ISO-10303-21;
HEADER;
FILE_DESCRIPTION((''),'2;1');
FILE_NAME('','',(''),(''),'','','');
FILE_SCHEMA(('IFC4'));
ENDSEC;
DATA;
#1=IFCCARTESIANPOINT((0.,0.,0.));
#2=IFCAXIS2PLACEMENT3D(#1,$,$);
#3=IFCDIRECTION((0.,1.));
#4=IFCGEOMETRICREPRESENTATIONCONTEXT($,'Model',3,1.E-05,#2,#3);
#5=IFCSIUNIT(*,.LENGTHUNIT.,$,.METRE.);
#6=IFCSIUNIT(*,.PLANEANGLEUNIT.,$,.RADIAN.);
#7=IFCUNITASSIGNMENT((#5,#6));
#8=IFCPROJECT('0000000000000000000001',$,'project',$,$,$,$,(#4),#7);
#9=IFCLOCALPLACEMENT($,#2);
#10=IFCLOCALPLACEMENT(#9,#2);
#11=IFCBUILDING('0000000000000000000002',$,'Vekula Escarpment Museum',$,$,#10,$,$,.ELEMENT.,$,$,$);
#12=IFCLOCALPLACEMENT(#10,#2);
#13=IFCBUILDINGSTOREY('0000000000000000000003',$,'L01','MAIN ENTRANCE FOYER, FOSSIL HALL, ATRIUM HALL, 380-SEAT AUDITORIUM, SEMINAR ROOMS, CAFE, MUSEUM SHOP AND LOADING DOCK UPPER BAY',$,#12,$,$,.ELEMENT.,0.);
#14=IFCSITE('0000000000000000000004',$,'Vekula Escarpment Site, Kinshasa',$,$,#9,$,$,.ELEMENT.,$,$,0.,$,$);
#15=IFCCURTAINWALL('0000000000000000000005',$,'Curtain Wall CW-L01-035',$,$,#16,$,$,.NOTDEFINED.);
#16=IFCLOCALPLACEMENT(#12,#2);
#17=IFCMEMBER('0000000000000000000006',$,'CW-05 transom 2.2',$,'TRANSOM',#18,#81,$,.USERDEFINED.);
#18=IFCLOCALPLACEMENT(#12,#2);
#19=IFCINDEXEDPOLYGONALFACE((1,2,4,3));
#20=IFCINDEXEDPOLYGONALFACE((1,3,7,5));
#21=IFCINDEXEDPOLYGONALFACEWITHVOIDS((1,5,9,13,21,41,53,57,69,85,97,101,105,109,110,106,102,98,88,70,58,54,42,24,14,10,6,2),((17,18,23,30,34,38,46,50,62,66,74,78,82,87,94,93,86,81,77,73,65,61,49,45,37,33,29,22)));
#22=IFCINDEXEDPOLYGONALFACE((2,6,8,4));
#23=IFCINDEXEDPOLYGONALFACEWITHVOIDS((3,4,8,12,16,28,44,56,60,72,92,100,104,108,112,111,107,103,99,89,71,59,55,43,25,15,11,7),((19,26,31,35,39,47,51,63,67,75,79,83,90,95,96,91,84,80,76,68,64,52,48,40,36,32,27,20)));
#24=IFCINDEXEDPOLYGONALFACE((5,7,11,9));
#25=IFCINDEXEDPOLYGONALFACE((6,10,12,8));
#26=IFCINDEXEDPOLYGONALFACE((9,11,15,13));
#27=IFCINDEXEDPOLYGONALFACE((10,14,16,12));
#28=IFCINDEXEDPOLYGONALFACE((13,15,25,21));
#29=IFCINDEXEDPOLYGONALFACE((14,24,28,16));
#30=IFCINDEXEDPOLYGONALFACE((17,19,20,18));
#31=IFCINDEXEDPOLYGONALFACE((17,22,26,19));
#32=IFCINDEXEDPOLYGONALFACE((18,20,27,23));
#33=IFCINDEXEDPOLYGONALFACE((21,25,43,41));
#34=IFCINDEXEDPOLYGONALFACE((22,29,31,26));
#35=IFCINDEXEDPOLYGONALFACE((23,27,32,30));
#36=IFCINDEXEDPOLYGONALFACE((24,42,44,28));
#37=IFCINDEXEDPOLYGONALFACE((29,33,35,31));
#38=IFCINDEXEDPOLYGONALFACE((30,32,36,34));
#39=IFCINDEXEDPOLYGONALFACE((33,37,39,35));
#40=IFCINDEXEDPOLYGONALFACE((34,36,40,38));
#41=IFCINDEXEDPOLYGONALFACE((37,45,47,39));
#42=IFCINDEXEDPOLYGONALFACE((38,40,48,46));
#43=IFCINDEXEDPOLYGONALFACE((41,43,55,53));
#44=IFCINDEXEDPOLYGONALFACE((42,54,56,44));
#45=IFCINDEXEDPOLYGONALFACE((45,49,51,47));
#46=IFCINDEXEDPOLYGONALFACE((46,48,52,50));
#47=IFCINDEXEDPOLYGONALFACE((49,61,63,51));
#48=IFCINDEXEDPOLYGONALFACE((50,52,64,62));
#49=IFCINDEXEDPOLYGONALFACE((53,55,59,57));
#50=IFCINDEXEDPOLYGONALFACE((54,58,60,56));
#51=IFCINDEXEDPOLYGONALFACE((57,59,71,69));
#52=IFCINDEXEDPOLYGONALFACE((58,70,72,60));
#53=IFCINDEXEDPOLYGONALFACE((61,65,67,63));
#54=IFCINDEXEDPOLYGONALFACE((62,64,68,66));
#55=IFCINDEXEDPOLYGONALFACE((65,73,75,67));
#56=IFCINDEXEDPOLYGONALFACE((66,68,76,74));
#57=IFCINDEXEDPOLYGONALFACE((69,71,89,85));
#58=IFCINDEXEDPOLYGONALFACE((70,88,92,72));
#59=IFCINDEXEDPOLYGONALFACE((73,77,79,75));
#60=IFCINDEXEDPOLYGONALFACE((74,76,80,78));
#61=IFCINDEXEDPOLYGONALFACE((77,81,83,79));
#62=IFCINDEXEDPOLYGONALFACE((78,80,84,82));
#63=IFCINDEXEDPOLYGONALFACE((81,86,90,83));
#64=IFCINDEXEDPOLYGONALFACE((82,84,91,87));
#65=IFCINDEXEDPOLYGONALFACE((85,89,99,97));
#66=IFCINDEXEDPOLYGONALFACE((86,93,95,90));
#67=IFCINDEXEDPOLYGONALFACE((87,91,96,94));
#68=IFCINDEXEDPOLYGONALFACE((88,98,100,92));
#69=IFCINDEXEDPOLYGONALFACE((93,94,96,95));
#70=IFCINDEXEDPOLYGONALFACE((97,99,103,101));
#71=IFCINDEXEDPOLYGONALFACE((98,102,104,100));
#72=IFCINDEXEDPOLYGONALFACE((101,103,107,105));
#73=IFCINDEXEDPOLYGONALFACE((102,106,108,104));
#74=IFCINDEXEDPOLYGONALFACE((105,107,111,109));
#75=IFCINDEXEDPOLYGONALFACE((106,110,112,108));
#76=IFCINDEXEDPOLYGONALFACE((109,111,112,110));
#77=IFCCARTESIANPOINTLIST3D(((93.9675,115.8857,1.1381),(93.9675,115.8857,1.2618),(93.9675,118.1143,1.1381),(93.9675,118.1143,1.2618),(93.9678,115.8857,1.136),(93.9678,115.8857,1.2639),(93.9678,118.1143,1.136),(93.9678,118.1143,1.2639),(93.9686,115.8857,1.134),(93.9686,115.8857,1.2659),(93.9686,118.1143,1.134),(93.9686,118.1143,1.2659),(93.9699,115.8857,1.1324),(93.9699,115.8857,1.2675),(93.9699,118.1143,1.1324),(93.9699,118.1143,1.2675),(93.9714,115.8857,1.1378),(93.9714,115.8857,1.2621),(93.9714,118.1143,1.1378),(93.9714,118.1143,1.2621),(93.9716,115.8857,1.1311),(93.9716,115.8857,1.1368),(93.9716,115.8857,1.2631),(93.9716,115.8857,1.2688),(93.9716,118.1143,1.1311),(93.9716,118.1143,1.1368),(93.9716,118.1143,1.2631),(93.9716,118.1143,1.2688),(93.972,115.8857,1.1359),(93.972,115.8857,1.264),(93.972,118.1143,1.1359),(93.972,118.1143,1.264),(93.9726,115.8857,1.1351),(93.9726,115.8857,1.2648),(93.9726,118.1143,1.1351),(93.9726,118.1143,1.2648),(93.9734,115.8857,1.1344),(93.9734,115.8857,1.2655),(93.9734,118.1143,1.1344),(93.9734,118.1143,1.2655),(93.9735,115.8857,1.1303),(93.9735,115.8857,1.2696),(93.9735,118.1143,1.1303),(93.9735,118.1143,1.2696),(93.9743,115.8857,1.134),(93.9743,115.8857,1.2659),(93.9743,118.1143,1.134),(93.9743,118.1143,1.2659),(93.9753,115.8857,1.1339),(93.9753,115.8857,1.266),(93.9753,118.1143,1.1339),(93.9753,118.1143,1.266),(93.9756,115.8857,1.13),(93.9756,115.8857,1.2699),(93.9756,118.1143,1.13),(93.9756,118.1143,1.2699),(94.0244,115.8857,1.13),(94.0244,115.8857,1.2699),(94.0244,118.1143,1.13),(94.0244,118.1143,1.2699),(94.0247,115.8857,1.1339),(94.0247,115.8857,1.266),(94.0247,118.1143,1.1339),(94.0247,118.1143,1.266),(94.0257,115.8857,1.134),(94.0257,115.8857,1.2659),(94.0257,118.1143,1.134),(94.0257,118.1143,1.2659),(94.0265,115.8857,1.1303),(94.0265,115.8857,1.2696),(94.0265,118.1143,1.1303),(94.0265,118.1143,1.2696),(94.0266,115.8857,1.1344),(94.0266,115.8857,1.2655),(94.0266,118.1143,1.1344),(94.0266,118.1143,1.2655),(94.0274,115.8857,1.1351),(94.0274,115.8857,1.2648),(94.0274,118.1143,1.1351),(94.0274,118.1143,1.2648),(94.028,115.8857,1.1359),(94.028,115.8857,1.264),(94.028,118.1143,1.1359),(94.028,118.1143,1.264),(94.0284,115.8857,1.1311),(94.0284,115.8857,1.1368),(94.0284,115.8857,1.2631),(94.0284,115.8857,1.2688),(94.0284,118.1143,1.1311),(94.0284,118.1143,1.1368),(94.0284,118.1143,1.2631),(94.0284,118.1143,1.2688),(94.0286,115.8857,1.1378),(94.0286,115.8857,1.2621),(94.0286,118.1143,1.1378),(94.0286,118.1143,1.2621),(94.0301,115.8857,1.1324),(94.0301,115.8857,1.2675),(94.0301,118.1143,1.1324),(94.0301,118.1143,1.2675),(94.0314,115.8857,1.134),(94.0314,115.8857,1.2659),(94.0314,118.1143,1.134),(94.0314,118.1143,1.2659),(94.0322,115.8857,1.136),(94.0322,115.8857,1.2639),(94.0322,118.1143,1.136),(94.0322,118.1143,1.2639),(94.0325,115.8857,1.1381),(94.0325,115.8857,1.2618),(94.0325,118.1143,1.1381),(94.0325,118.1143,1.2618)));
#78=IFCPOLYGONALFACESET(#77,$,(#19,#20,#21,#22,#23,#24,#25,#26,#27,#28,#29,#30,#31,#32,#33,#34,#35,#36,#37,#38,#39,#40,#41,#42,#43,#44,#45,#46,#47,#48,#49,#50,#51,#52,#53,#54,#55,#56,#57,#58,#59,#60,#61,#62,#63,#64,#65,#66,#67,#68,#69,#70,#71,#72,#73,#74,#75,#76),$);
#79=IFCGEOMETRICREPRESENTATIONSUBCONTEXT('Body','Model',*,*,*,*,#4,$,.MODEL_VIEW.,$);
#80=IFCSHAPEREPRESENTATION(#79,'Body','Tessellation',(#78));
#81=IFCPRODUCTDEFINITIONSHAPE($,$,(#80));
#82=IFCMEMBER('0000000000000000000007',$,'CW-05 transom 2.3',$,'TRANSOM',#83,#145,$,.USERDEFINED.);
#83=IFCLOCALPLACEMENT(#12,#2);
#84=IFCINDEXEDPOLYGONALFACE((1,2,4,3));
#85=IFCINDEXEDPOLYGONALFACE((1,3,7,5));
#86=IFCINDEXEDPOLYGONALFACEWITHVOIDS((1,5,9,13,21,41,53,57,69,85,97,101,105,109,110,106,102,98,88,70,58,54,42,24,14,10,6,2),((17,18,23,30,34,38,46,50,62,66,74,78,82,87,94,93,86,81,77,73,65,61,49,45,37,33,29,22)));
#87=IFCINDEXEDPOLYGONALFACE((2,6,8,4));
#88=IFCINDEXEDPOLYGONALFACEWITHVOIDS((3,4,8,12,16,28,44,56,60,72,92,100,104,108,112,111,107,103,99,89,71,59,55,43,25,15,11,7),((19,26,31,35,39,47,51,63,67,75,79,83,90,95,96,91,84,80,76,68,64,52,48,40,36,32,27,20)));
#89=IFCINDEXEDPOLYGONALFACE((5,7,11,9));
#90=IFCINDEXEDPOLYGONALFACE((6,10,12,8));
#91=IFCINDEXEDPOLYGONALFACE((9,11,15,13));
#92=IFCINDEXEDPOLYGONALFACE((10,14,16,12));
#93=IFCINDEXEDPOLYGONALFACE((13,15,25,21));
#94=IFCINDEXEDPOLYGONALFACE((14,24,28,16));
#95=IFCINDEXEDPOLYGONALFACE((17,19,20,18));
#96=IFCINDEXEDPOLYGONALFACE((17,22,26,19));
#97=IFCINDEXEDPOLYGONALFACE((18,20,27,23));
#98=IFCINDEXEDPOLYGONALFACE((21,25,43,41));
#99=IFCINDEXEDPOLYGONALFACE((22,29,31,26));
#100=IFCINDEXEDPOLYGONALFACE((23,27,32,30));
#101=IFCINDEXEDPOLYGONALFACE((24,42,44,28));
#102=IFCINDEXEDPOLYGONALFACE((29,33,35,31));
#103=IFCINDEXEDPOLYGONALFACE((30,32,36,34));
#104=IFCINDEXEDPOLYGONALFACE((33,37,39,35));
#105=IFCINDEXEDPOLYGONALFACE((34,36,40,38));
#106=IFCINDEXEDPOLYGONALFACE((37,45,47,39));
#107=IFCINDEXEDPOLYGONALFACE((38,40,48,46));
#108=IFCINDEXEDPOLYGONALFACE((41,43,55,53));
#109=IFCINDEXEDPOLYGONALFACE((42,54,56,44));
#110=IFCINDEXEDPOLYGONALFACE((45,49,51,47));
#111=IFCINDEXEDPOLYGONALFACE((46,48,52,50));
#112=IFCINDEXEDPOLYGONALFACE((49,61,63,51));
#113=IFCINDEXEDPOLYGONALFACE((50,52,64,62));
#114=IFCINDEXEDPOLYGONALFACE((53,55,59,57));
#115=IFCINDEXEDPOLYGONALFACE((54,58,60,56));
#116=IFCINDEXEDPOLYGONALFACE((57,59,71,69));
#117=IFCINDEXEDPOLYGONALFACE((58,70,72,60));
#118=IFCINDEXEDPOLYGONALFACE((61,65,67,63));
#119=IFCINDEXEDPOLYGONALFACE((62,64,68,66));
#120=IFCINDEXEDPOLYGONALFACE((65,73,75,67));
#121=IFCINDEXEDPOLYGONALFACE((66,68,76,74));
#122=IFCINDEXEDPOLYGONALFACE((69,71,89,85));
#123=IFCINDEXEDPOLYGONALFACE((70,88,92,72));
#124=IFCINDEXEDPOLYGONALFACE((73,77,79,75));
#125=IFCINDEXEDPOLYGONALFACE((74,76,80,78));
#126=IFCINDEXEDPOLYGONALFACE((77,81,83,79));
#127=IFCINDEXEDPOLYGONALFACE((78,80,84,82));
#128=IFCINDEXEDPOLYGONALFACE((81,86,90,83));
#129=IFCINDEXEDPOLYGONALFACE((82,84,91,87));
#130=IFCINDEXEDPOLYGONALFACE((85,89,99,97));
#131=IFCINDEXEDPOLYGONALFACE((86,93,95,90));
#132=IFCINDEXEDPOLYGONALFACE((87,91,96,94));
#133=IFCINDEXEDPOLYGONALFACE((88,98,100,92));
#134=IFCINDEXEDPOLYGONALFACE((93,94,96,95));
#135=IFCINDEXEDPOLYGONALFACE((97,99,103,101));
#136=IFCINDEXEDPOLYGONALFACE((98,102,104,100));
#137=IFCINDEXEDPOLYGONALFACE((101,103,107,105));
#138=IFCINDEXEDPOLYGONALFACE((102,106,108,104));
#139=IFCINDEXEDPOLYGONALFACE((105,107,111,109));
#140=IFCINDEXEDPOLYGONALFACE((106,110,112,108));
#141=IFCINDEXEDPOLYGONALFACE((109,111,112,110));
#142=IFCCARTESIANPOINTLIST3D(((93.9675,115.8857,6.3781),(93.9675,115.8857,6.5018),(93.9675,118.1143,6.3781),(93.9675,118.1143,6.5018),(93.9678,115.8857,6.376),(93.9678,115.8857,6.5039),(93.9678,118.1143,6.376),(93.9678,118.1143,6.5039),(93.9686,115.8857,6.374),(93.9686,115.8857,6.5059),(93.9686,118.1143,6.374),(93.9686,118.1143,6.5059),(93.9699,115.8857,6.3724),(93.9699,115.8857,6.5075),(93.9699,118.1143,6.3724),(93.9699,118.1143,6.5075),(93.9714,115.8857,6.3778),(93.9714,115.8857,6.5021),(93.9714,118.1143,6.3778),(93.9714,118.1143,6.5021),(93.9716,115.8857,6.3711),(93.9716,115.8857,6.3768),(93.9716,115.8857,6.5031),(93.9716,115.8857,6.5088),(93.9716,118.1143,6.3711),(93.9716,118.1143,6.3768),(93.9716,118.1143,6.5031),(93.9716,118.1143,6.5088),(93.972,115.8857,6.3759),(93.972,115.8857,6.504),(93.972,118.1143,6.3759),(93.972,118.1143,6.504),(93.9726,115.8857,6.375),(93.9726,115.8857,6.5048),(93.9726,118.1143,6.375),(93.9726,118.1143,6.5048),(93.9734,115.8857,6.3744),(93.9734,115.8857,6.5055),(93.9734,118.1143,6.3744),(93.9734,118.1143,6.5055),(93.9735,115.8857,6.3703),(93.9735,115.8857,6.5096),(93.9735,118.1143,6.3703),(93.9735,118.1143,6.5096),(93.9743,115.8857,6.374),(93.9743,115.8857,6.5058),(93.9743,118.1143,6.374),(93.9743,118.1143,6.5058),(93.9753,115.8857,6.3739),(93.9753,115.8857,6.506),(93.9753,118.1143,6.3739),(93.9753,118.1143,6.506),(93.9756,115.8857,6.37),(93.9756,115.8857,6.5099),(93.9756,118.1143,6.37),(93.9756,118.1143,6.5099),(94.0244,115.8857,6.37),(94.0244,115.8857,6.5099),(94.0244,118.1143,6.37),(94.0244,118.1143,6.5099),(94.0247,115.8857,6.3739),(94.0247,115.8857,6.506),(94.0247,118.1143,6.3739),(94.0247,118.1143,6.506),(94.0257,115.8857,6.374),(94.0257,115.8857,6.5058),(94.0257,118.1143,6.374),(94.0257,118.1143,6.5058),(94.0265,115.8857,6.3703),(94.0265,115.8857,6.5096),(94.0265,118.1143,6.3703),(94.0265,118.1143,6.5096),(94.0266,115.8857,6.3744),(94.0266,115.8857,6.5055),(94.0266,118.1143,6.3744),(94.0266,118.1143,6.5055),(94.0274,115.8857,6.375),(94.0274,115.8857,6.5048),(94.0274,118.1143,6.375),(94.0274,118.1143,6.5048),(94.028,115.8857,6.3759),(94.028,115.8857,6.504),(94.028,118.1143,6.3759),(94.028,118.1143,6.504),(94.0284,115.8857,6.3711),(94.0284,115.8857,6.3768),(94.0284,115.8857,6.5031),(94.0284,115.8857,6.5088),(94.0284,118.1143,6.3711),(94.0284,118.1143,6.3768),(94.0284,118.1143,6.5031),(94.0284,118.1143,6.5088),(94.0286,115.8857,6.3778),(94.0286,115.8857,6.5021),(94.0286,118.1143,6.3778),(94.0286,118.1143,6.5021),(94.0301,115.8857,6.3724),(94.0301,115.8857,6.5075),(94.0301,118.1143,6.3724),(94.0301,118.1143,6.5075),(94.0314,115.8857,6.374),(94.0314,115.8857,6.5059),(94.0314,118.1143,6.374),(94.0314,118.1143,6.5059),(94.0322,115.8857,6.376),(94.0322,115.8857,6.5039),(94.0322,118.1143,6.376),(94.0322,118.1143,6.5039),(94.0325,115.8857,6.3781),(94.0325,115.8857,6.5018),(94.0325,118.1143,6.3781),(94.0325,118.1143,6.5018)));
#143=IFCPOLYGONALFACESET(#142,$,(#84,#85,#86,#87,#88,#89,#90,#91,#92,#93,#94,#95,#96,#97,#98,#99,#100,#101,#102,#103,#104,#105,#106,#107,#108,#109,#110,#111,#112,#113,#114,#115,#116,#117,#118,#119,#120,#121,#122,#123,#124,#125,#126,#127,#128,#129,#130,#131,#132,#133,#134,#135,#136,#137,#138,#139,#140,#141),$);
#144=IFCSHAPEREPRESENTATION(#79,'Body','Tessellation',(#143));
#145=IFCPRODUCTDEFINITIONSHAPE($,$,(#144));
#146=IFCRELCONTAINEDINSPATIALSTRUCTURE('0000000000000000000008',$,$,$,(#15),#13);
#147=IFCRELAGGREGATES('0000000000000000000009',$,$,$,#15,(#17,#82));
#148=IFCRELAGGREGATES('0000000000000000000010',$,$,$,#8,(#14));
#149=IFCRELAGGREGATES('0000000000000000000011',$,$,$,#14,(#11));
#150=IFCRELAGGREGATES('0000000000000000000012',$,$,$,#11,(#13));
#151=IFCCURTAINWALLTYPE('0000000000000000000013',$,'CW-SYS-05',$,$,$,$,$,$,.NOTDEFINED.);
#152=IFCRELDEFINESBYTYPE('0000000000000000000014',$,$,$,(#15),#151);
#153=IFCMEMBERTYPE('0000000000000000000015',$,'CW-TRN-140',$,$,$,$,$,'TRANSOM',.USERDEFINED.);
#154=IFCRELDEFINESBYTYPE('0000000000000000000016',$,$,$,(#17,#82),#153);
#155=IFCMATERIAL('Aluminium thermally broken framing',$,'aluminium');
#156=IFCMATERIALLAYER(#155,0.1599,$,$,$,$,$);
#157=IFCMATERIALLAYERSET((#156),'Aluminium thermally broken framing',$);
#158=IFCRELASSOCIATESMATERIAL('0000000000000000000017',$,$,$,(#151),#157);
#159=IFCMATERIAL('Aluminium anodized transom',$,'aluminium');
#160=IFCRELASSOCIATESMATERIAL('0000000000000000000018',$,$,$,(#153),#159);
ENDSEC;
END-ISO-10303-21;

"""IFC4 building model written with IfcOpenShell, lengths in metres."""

from ifc_helpers import new_model, si_unit, direction, frame, origin, origin_2d, place, context, subcontext, project, spatial, hollow_rectangle, extrude, material, layer, layer_set, material_profile, profile_set, type_object, element, aggregate, save


model = new_model("IFC4")

# Units and contexts
model_context = context("Model", 3, precision=1e-05, world=origin(), true_north=direction((0.0, 1.0)))
body_context = subcontext(model_context, "Body", "Model", "MODEL_VIEW")
ifc_project = project(units=[si_unit("LENGTHUNIT", "METRE"), si_unit("PLANEANGLEUNIT", "RADIAN")], contexts=[model_context])

# Site, building, storey
site_placement = place(None, origin())
site = spatial("IfcSite", under=ifc_project, at=site_placement, Name="Vekula Escarpment Site, Kinshasa", CompositionType="ELEMENT", RefElevation=0.0)
building_placement = place(site_placement, origin())
building = spatial("IfcBuilding", under=site, at=building_placement, Name="Vekula Escarpment Museum", CompositionType="ELEMENT")
storey_placement = place(building_placement, origin())
storey = spatial("IfcBuildingStorey", under=building, at=storey_placement, Name="L01", Description="MAIN ENTRANCE FOYER, FOSSIL HALL, ATRIUM HALL, 380-SEAT AUDITORIUM, SEMINAR ROOMS, CAFE, MUSEUM SHOP AND LOADING DOCK UPPER BAY", CompositionType="ELEMENT", Elevation=0.0)

# Curtain wall
ifc_material_1 = material(Name="Aluminium thermally broken framing", Category="aluminium")
ifc_layer_1 = layer(ifc_material_1, 0.1599)
ifc_layer_set_1 = layer_set([ifc_layer_1], Name="Aluminium thermally broken framing")
curtain_wall_type_1 = type_object("IfcCurtainWallType", Name="CW-SYS-05", PredefinedType="NOTDEFINED", material=ifc_layer_set_1)
curtain_wall_1_placement = place(storey_placement, origin())
curtain_wall_1 = element("IfcCurtainWall", 1, at=curtain_wall_1_placement, inside=storey, type_object=curtain_wall_type_1, Name="Curtain Wall CW-L01-035", PredefinedType="NOTDEFINED")

# Members
ifc_material_2 = material(Name="Aluminium anodized transom", Category="aluminium")
ifc_material_profile_1 = material_profile(ifc_material_2, hollow_rectangle(XDim=0.0649, YDim=0.1399, WallThickness=0.0039, InnerFilletRadius=0.0039, OuterFilletRadius=0.0081, at=origin_2d()), Name="ALU 140x65x4")
ifc_profile_set_1 = profile_set([ifc_material_profile_1], Name="Aluminium anodized transom")
member_type_1 = type_object("IfcMemberType", Name="CW-TRN-140", ElementType="TRANSOM", PredefinedType="USERDEFINED", material=ifc_profile_set_1)
member_1_placement = place(storey_placement, frame((94.0, 118.1143, 1.2), z_axis=(0.0, -1.0, 0.0), x_axis=(1.0, 0.0, 0.0)))
member_1 = element("IfcMember", 2, at=member_1_placement, type_object=member_type_1, Name="CW-05 transom 2.2", ObjectType="TRANSOM", PredefinedType="USERDEFINED", context=body_context, shape_type="SweptSolid", body=[
    extrude(hollow_rectangle(XDim=0.0649, YDim=0.1399, WallThickness=0.0039, InnerFilletRadius=0.0039, OuterFilletRadius=0.0081, at=origin_2d()), origin(), (0.0, 0.0, 1.0), 2.2285),
])
member_2_placement = place(storey_placement, frame((94.0, 118.1143, 6.4399), z_axis=(0.0, -1.0, 0.0), x_axis=(1.0, 0.0, 0.0)))
member_2 = element("IfcMember", 3, at=member_2_placement, type_object=member_type_1, Name="CW-05 transom 2.3", ObjectType="TRANSOM", PredefinedType="USERDEFINED", context=body_context, shape_type="SweptSolid", body=[
    extrude(hollow_rectangle(XDim=0.0649, YDim=0.1399, WallThickness=0.0039, InnerFilletRadius=0.0039, OuterFilletRadius=0.0081, at=origin_2d()), origin(), (0.0, 0.0, 1.0), 2.2285),
])

aggregate(curtain_wall_1, [member_1, member_2])

save(model, "model.ifc")
